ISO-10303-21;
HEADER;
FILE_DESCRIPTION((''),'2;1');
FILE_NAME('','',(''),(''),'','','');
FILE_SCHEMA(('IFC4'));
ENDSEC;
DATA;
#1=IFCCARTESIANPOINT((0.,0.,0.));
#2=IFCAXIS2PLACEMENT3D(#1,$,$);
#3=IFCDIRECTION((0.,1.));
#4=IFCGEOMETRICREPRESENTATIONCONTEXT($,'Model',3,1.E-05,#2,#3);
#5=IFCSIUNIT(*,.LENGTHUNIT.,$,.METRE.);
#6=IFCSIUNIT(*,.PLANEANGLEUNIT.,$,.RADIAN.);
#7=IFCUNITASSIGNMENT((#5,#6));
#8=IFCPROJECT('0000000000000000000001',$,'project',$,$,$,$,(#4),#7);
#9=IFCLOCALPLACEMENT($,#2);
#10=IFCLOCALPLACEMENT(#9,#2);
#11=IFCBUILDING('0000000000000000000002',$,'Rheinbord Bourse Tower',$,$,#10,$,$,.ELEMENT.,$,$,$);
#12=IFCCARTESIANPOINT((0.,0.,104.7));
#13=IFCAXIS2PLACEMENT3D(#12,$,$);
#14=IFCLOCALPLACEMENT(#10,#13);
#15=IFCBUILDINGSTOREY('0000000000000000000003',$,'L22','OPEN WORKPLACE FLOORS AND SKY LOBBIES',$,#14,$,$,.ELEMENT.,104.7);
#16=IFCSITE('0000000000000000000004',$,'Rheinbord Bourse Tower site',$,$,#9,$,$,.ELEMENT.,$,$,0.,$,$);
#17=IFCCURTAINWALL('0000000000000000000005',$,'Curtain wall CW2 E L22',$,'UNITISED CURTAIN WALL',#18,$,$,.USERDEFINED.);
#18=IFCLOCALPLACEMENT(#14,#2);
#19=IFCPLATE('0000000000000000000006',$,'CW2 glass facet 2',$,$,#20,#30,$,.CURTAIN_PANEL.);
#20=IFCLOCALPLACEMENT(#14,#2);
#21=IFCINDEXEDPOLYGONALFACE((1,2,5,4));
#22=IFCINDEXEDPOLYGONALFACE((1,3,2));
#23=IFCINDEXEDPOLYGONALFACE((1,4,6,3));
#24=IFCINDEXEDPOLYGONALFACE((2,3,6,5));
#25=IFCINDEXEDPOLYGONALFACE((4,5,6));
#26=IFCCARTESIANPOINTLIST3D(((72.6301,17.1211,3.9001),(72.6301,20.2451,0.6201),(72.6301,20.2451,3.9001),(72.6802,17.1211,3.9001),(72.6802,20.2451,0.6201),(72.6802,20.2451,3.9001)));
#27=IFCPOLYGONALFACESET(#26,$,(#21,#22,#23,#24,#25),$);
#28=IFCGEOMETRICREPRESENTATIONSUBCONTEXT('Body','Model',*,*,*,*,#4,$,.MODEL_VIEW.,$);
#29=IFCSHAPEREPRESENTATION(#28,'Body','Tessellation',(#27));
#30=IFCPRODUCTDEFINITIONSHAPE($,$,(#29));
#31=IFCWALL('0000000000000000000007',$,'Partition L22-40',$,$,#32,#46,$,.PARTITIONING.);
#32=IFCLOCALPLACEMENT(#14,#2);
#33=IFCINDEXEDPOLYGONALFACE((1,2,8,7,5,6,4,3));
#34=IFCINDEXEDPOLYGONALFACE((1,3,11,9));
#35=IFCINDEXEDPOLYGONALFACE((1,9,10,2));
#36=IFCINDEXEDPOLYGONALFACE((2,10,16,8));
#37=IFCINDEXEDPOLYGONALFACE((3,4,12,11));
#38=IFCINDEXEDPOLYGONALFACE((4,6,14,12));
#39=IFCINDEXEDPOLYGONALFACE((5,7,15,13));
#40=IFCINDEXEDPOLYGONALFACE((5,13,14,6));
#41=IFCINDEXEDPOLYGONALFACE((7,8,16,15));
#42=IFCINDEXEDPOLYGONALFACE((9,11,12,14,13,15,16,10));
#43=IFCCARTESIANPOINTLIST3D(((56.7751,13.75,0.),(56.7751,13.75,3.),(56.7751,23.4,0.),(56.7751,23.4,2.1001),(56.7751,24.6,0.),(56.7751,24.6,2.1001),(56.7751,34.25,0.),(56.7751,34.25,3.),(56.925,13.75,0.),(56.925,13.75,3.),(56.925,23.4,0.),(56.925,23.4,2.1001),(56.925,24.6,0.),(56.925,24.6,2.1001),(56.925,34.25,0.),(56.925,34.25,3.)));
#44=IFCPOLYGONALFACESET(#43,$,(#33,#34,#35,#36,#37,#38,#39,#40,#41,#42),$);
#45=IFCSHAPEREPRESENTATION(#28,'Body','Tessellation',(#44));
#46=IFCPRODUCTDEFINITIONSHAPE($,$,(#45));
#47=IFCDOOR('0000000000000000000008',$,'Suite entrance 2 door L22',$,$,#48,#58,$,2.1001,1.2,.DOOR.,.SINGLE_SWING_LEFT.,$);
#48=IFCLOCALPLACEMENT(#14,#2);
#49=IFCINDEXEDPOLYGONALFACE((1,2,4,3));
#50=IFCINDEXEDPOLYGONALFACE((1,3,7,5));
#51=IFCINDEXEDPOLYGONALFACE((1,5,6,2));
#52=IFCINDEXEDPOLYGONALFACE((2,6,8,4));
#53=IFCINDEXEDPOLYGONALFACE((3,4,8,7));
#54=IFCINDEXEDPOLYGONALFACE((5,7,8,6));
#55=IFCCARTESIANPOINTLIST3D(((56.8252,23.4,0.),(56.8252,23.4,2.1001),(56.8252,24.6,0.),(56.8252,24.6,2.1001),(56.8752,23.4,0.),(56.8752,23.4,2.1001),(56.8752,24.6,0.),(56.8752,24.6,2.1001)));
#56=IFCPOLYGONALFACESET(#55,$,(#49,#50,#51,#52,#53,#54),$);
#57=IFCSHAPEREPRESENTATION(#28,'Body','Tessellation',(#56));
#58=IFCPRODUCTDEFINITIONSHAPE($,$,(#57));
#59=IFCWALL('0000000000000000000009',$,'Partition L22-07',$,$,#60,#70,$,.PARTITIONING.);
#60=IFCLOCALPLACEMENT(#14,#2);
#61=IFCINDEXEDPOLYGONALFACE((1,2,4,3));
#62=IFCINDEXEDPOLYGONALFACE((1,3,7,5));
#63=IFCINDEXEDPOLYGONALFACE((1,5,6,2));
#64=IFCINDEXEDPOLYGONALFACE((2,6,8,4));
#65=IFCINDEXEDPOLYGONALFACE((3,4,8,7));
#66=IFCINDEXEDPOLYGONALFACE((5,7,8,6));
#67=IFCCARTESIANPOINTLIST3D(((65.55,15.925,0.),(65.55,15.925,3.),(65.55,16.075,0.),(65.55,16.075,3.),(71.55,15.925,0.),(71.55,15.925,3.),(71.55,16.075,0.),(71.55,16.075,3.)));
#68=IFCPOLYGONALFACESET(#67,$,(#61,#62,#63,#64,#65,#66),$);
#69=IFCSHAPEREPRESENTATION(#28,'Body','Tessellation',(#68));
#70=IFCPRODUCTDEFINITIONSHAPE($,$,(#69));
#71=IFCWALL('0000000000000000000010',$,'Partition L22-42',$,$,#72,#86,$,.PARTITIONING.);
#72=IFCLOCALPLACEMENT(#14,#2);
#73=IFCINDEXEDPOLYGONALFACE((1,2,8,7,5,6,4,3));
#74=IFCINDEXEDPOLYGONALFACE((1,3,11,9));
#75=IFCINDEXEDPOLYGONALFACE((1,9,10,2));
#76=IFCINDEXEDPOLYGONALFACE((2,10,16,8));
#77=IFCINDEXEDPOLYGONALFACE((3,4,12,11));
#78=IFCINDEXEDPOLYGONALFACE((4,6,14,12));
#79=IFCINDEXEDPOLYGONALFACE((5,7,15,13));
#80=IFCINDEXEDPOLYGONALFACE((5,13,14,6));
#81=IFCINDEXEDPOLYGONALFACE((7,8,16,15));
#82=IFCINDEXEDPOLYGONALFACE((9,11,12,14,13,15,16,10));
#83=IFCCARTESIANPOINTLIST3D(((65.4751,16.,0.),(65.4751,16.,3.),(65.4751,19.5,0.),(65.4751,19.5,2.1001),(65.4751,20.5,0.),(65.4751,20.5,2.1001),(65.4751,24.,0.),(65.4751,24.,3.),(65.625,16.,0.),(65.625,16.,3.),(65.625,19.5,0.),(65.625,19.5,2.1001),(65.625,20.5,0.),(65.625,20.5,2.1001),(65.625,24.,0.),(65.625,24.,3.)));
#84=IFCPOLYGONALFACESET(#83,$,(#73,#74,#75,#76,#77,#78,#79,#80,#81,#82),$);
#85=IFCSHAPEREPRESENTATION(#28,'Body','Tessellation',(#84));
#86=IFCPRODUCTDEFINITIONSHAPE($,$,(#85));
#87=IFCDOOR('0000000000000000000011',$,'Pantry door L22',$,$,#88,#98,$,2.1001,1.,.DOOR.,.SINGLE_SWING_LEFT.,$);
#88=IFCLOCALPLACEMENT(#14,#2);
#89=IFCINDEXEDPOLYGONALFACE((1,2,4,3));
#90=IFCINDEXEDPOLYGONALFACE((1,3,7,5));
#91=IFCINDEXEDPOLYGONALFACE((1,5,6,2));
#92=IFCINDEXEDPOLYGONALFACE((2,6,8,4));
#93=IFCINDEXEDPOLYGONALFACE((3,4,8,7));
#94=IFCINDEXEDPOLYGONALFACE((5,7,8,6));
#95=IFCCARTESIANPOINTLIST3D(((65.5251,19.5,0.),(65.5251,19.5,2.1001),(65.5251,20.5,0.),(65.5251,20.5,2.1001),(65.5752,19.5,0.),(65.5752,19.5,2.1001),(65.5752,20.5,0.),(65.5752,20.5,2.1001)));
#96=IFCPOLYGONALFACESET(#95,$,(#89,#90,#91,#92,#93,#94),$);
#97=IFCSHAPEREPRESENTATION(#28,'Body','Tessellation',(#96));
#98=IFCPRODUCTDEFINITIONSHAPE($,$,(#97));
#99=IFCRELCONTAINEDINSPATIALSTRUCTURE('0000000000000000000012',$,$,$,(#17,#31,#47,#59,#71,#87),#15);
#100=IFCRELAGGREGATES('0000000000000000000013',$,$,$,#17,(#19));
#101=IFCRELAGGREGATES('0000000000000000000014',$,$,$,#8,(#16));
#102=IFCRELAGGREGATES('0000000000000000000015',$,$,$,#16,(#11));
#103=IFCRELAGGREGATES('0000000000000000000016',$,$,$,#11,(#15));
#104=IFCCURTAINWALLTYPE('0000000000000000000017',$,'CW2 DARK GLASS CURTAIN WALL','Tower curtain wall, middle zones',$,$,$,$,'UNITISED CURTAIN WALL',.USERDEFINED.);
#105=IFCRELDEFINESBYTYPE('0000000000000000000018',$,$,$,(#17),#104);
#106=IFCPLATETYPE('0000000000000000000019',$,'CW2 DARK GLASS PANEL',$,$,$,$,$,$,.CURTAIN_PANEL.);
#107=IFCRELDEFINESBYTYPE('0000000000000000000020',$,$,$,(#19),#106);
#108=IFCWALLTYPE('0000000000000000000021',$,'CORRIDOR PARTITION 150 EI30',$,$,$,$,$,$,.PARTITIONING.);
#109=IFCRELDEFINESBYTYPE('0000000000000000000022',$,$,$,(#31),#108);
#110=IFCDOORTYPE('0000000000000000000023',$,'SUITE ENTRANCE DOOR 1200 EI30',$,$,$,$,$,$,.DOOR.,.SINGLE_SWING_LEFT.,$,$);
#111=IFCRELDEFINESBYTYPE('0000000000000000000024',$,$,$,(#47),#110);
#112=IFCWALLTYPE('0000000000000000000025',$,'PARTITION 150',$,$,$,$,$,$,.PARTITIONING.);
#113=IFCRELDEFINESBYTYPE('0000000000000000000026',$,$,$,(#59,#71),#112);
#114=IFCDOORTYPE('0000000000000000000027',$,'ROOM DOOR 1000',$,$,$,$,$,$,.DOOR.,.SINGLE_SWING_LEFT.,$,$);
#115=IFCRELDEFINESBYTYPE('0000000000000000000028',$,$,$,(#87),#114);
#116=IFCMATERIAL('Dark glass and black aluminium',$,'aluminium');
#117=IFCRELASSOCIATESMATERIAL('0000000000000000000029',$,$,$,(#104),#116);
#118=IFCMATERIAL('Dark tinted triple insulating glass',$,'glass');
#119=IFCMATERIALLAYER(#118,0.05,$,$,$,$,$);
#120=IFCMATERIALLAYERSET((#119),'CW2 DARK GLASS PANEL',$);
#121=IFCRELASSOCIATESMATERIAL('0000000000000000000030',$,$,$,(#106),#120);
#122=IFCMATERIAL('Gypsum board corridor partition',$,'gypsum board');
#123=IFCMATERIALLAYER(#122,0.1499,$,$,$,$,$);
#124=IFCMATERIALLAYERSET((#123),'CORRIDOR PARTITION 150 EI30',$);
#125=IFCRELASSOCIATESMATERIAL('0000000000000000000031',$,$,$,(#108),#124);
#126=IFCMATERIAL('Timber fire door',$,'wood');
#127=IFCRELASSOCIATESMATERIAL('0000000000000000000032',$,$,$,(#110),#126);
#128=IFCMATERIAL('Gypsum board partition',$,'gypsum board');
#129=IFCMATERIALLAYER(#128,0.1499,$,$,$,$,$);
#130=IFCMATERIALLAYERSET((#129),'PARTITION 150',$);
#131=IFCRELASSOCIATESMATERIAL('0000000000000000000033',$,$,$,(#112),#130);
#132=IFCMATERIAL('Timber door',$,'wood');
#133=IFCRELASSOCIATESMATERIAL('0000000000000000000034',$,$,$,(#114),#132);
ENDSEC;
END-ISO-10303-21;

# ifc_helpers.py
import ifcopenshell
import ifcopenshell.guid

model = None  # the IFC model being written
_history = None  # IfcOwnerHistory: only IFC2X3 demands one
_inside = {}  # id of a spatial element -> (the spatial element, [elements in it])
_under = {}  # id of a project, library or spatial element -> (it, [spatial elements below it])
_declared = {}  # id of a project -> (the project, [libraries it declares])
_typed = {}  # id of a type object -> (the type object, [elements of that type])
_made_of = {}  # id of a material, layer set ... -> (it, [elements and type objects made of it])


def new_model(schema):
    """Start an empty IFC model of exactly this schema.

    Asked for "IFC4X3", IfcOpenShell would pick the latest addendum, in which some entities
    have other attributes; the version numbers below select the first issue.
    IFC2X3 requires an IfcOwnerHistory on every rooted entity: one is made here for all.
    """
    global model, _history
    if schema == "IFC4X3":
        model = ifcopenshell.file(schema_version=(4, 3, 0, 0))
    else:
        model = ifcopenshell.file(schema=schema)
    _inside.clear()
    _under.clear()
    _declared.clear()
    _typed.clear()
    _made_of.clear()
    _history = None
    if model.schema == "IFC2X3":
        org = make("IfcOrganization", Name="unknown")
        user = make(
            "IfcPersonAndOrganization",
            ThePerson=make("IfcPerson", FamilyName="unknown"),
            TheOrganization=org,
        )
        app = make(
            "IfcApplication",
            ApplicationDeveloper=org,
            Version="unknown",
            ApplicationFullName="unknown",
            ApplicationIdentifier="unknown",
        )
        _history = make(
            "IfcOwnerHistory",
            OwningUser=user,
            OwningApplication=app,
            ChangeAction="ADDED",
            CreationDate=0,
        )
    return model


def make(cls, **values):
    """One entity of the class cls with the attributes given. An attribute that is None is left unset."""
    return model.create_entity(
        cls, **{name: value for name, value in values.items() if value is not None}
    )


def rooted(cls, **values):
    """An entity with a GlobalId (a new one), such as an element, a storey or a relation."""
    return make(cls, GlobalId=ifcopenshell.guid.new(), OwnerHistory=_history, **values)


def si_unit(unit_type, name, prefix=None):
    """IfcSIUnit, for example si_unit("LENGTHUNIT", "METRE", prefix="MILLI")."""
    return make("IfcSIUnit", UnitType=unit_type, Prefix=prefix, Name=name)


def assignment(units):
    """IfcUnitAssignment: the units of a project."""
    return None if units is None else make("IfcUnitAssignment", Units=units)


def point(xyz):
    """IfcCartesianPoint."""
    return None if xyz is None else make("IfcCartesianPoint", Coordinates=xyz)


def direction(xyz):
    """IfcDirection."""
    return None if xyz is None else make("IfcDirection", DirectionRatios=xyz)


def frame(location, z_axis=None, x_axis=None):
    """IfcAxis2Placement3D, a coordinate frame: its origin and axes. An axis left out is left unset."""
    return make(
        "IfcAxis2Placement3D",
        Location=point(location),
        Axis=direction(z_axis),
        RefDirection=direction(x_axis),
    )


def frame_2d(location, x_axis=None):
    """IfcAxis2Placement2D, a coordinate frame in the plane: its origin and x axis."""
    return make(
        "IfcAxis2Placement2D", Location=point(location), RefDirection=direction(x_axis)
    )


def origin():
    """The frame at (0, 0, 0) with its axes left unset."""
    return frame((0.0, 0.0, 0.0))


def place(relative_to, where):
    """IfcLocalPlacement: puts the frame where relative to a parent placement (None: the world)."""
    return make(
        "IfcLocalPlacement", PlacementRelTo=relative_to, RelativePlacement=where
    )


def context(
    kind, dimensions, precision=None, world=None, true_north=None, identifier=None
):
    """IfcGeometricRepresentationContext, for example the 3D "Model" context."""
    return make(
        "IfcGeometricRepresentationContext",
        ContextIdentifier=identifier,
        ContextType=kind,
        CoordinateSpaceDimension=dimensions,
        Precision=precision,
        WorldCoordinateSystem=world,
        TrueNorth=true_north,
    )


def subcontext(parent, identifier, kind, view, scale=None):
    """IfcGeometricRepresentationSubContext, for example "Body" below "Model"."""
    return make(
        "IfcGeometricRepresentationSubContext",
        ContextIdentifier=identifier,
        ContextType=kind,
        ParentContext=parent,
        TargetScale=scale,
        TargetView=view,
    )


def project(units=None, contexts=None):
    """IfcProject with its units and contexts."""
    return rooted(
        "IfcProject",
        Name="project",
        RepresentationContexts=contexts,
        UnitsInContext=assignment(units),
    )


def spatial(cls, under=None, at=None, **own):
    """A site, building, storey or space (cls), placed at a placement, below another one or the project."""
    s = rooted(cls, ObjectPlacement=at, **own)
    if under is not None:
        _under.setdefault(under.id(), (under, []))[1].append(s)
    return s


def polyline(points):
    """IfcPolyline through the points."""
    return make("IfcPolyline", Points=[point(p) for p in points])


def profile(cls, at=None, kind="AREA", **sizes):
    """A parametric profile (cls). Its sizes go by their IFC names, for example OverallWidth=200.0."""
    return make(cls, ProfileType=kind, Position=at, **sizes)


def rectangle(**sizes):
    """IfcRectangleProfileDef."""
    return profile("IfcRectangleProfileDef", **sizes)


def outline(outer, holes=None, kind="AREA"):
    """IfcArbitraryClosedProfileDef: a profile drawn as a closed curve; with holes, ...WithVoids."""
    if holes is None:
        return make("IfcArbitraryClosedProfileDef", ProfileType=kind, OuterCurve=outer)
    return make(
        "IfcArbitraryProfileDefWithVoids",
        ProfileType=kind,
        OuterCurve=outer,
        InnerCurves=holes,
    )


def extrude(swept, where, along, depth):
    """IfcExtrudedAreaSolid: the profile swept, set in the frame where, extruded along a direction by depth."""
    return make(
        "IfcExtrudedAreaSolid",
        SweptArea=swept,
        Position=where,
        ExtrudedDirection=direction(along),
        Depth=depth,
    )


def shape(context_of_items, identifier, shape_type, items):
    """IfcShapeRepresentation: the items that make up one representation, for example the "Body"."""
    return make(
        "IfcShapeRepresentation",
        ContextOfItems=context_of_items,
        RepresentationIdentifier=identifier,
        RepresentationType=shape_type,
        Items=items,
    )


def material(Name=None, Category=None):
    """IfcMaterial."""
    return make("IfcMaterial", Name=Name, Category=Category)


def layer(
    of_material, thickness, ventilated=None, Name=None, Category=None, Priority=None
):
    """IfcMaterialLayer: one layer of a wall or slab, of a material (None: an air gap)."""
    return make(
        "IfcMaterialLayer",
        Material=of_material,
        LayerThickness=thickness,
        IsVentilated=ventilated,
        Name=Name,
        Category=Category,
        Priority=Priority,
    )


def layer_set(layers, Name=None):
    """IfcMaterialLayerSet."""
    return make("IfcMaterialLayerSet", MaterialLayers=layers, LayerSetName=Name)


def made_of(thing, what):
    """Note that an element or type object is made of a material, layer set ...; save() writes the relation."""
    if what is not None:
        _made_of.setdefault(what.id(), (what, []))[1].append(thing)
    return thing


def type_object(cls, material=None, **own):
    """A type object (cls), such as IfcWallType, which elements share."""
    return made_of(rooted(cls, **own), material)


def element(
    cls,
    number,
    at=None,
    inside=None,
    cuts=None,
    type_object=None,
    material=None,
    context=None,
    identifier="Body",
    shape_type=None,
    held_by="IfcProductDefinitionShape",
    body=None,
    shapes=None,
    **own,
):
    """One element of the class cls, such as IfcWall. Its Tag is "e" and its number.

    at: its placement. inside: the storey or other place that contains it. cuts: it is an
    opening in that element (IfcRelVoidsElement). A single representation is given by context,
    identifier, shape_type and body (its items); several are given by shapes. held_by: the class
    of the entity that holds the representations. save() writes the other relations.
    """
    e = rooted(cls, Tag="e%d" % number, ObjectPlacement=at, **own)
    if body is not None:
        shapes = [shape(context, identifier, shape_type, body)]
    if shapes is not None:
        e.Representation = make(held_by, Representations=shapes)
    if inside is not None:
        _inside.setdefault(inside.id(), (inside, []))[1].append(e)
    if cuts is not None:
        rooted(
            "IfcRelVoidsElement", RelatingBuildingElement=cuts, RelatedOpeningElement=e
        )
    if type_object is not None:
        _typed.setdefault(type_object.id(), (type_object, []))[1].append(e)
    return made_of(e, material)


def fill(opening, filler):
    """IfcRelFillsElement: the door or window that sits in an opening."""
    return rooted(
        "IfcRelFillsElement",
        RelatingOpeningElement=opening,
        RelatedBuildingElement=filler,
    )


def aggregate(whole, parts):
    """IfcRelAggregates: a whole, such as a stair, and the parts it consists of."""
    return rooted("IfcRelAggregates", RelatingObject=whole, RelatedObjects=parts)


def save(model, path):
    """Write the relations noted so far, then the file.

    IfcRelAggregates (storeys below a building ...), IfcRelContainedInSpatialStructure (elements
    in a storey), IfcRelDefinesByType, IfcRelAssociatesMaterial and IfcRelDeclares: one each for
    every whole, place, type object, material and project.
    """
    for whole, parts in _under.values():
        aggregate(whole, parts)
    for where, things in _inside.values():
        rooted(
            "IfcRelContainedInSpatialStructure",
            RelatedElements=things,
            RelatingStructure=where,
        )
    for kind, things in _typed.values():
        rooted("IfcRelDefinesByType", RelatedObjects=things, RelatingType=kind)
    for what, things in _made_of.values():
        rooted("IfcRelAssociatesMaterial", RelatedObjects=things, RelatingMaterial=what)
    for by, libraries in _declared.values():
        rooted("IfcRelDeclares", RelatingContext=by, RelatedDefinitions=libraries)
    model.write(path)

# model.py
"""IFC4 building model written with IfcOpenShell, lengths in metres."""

from ifc_helpers import new_model, si_unit, direction, frame, frame_2d, origin, place, context, subcontext, project, spatial, polyline, rectangle, outline, extrude, material, layer, layer_set, type_object, element, fill, aggregate, save


model = new_model("IFC4")

# Units and contexts
model_context = context("Model", 3, precision=1e-05, world=origin(), true_north=direction((0.0, 1.0)))
body_context = subcontext(model_context, "Body", "Model", "MODEL_VIEW")
ifc_project = project(units=[si_unit("LENGTHUNIT", "METRE"), si_unit("PLANEANGLEUNIT", "RADIAN")], contexts=[model_context])

# Site, building, storey
site_placement = place(None, origin())
site = spatial("IfcSite", under=ifc_project, at=site_placement, Name="Rheinbord Bourse Tower site", CompositionType="ELEMENT", RefElevation=0.0)
building_placement = place(site_placement, origin())
building = spatial("IfcBuilding", under=site, at=building_placement, Name="Rheinbord Bourse Tower", CompositionType="ELEMENT")
storey_placement = place(building_placement, frame((0.0, 0.0, 104.7)))
storey = spatial("IfcBuildingStorey", under=building, at=storey_placement, Name="L22", Description="OPEN WORKPLACE FLOORS AND SKY LOBBIES", CompositionType="ELEMENT", Elevation=104.7)

# Curtain wall
ifc_material_1 = material(Name="Dark glass and black aluminium", Category="aluminium")
curtain_wall_type = type_object("IfcCurtainWallType", Name="CW2 DARK GLASS CURTAIN WALL", Description="Tower curtain wall, middle zones", ElementType="UNITISED CURTAIN WALL", PredefinedType="USERDEFINED", material=ifc_material_1)
curtain_wall_placement = place(storey_placement, origin())
curtain_wall = element("IfcCurtainWall", 1, at=curtain_wall_placement, inside=storey, type_object=curtain_wall_type, Name="Curtain wall CW2 E L22", ObjectType="UNITISED CURTAIN WALL", PredefinedType="USERDEFINED")

# Plate
ifc_material_2 = material(Name="Dark tinted triple insulating glass", Category="glass")
ifc_layer_1 = layer(ifc_material_2, 0.05)
ifc_layer_set_1 = layer_set([ifc_layer_1], Name="CW2 DARK GLASS PANEL")
plate_type = type_object("IfcPlateType", Name="CW2 DARK GLASS PANEL", PredefinedType="CURTAIN_PANEL", material=ifc_layer_set_1)
plate_1_placement = place(storey_placement, frame((72.6802, 20.2451, 3.9001), z_axis=(-1.0, 0.0, 0.0), x_axis=(0.0, 0.0, -1.0)))
plate_1 = element("IfcPlate", 2, at=plate_1_placement, type_object=plate_type, Name="CW2 glass facet 2", PredefinedType="CURTAIN_PANEL", context=body_context, shape_type="SweptSolid", body=[
    extrude(outline(polyline([(0.0, 0.0), (3.28, 0.0), (0.0, 3.124), (0.0, 0.0)])), origin(), (0.0, 0.0, 1.0), 0.05),
])
aggregate(curtain_wall, [plate_1])

# Wall, opening, door
ifc_material_3 = material(Name="Gypsum board corridor partition", Category="gypsum board")
ifc_layer_2 = layer(ifc_material_3, 0.1499)
ifc_layer_set_2 = layer_set([ifc_layer_2], Name="CORRIDOR PARTITION 150 EI30")
wall_type_1 = type_object("IfcWallType", Name="CORRIDOR PARTITION 150 EI30", PredefinedType="PARTITIONING", material=ifc_layer_set_2)
wall_1_placement = place(storey_placement, frame((56.8501, 13.75, 0.0), z_axis=(0.0, 0.0, 1.0), x_axis=(0.0, 1.0, 0.0)))
wall_1 = element("IfcWall", 3, at=wall_1_placement, inside=storey, type_object=wall_type_1, Name="Partition L22-40", PredefinedType="PARTITIONING", context=body_context, shape_type="SweptSolid", body=[
    extrude(rectangle(XDim=20.5, YDim=0.1499, at=frame_2d((10.25, 0.0))), origin(), (0.0, 0.0, 1.0), 3.0),
])
opening_1_placement = place(wall_1_placement, frame((9.6499, 0.0, 0.0)))
opening_1 = element("IfcOpeningElement", 4, at=opening_1_placement, cuts=wall_1, PredefinedType="OPENING", context=body_context, shape_type="SweptSolid", body=[
    extrude(rectangle(XDim=1.2, YDim=2.1001, at=frame_2d((0.6001, 1.05))), frame((0.0, 0.085, 0.0), z_axis=(0.0, -1.0, 0.0), x_axis=(1.0, 0.0, 0.0)), (0.0, 0.0, 1.0), 0.1699),
])
ifc_material_4 = material(Name="Timber fire door", Category="wood")
door_type_1 = type_object("IfcDoorType", Name="SUITE ENTRANCE DOOR 1200 EI30", OperationType="SINGLE_SWING_LEFT", PredefinedType="DOOR", material=ifc_material_4)
door_1_placement = place(opening_1_placement, origin())
door_1 = element("IfcDoor", 5, at=door_1_placement, inside=storey, type_object=door_type_1, Name="Suite entrance 2 door L22", OperationType="SINGLE_SWING_LEFT", OverallHeight=2.1001, OverallWidth=1.2, PredefinedType="DOOR", context=body_context, shape_type="SweptSolid", body=[
    extrude(rectangle(XDim=1.2, YDim=2.1001, at=frame_2d((0.6001, 1.05))), frame((0.0, 0.0249, 0.0), z_axis=(0.0, -1.0, 0.0), x_axis=(1.0, 0.0, 0.0)), (0.0, 0.0, 1.0), 0.05),
])
fill(opening_1, door_1)

# Wall
ifc_material_5 = material(Name="Gypsum board partition", Category="gypsum board")
ifc_layer_3 = layer(ifc_material_5, 0.1499)
ifc_layer_set_3 = layer_set([ifc_layer_3], Name="PARTITION 150")
wall_type_2 = type_object("IfcWallType", Name="PARTITION 150", PredefinedType="PARTITIONING", material=ifc_layer_set_3)
wall_2_placement = place(storey_placement, frame((65.55, 16.0, 0.0), z_axis=(0.0, 0.0, 1.0), x_axis=(1.0, 0.0, 0.0)))
element("IfcWall", 6, at=wall_2_placement, inside=storey, type_object=wall_type_2, Name="Partition L22-07", PredefinedType="PARTITIONING", context=body_context, shape_type="SweptSolid", body=[
    extrude(rectangle(XDim=6.0, YDim=0.1499, at=frame_2d((3.0, 0.0))), origin(), (0.0, 0.0, 1.0), 3.0),
])

# Wall, opening, door
wall_3_placement = place(storey_placement, frame((65.55, 16.0, 0.0), z_axis=(0.0, 0.0, 1.0), x_axis=(0.0, 1.0, 0.0)))
wall_3 = element("IfcWall", 7, at=wall_3_placement, inside=storey, type_object=wall_type_2, Name="Partition L22-42", PredefinedType="PARTITIONING", context=body_context, shape_type="SweptSolid", body=[
    extrude(rectangle(XDim=8.0, YDim=0.1499, at=frame_2d((4.0, 0.0))), origin(), (0.0, 0.0, 1.0), 3.0),
])
opening_2_placement = place(wall_3_placement, frame((3.5, 0.0, 0.0)))
opening_2 = element("IfcOpeningElement", 8, at=opening_2_placement, cuts=wall_3, PredefinedType="OPENING", context=body_context, shape_type="SweptSolid", body=[
    extrude(rectangle(XDim=1.0, YDim=2.1001, at=frame_2d((0.5, 1.05))), frame((0.0, 0.085, 0.0), z_axis=(0.0, -1.0, 0.0), x_axis=(1.0, 0.0, 0.0)), (0.0, 0.0, 1.0), 0.1699),
])
ifc_material_6 = material(Name="Timber door", Category="wood")
door_type_2 = type_object("IfcDoorType", Name="ROOM DOOR 1000", OperationType="SINGLE_SWING_LEFT", PredefinedType="DOOR", material=ifc_material_6)
door_2_placement = place(opening_2_placement, origin())
door_2 = element("IfcDoor", 9, at=door_2_placement, inside=storey, type_object=door_type_2, Name="Pantry door L22", OperationType="SINGLE_SWING_LEFT", OverallHeight=2.1001, OverallWidth=1.0, PredefinedType="DOOR", context=body_context, shape_type="SweptSolid", body=[
    extrude(rectangle(XDim=1.0, YDim=2.1001, at=frame_2d((0.5, 1.05))), frame((0.0, 0.0249, 0.0), z_axis=(0.0, -1.0, 0.0), x_axis=(1.0, 0.0, 0.0)), (0.0, 0.0, 1.0), 0.05),
])
fill(opening_2, door_2)

save(model, "model.ifc")
